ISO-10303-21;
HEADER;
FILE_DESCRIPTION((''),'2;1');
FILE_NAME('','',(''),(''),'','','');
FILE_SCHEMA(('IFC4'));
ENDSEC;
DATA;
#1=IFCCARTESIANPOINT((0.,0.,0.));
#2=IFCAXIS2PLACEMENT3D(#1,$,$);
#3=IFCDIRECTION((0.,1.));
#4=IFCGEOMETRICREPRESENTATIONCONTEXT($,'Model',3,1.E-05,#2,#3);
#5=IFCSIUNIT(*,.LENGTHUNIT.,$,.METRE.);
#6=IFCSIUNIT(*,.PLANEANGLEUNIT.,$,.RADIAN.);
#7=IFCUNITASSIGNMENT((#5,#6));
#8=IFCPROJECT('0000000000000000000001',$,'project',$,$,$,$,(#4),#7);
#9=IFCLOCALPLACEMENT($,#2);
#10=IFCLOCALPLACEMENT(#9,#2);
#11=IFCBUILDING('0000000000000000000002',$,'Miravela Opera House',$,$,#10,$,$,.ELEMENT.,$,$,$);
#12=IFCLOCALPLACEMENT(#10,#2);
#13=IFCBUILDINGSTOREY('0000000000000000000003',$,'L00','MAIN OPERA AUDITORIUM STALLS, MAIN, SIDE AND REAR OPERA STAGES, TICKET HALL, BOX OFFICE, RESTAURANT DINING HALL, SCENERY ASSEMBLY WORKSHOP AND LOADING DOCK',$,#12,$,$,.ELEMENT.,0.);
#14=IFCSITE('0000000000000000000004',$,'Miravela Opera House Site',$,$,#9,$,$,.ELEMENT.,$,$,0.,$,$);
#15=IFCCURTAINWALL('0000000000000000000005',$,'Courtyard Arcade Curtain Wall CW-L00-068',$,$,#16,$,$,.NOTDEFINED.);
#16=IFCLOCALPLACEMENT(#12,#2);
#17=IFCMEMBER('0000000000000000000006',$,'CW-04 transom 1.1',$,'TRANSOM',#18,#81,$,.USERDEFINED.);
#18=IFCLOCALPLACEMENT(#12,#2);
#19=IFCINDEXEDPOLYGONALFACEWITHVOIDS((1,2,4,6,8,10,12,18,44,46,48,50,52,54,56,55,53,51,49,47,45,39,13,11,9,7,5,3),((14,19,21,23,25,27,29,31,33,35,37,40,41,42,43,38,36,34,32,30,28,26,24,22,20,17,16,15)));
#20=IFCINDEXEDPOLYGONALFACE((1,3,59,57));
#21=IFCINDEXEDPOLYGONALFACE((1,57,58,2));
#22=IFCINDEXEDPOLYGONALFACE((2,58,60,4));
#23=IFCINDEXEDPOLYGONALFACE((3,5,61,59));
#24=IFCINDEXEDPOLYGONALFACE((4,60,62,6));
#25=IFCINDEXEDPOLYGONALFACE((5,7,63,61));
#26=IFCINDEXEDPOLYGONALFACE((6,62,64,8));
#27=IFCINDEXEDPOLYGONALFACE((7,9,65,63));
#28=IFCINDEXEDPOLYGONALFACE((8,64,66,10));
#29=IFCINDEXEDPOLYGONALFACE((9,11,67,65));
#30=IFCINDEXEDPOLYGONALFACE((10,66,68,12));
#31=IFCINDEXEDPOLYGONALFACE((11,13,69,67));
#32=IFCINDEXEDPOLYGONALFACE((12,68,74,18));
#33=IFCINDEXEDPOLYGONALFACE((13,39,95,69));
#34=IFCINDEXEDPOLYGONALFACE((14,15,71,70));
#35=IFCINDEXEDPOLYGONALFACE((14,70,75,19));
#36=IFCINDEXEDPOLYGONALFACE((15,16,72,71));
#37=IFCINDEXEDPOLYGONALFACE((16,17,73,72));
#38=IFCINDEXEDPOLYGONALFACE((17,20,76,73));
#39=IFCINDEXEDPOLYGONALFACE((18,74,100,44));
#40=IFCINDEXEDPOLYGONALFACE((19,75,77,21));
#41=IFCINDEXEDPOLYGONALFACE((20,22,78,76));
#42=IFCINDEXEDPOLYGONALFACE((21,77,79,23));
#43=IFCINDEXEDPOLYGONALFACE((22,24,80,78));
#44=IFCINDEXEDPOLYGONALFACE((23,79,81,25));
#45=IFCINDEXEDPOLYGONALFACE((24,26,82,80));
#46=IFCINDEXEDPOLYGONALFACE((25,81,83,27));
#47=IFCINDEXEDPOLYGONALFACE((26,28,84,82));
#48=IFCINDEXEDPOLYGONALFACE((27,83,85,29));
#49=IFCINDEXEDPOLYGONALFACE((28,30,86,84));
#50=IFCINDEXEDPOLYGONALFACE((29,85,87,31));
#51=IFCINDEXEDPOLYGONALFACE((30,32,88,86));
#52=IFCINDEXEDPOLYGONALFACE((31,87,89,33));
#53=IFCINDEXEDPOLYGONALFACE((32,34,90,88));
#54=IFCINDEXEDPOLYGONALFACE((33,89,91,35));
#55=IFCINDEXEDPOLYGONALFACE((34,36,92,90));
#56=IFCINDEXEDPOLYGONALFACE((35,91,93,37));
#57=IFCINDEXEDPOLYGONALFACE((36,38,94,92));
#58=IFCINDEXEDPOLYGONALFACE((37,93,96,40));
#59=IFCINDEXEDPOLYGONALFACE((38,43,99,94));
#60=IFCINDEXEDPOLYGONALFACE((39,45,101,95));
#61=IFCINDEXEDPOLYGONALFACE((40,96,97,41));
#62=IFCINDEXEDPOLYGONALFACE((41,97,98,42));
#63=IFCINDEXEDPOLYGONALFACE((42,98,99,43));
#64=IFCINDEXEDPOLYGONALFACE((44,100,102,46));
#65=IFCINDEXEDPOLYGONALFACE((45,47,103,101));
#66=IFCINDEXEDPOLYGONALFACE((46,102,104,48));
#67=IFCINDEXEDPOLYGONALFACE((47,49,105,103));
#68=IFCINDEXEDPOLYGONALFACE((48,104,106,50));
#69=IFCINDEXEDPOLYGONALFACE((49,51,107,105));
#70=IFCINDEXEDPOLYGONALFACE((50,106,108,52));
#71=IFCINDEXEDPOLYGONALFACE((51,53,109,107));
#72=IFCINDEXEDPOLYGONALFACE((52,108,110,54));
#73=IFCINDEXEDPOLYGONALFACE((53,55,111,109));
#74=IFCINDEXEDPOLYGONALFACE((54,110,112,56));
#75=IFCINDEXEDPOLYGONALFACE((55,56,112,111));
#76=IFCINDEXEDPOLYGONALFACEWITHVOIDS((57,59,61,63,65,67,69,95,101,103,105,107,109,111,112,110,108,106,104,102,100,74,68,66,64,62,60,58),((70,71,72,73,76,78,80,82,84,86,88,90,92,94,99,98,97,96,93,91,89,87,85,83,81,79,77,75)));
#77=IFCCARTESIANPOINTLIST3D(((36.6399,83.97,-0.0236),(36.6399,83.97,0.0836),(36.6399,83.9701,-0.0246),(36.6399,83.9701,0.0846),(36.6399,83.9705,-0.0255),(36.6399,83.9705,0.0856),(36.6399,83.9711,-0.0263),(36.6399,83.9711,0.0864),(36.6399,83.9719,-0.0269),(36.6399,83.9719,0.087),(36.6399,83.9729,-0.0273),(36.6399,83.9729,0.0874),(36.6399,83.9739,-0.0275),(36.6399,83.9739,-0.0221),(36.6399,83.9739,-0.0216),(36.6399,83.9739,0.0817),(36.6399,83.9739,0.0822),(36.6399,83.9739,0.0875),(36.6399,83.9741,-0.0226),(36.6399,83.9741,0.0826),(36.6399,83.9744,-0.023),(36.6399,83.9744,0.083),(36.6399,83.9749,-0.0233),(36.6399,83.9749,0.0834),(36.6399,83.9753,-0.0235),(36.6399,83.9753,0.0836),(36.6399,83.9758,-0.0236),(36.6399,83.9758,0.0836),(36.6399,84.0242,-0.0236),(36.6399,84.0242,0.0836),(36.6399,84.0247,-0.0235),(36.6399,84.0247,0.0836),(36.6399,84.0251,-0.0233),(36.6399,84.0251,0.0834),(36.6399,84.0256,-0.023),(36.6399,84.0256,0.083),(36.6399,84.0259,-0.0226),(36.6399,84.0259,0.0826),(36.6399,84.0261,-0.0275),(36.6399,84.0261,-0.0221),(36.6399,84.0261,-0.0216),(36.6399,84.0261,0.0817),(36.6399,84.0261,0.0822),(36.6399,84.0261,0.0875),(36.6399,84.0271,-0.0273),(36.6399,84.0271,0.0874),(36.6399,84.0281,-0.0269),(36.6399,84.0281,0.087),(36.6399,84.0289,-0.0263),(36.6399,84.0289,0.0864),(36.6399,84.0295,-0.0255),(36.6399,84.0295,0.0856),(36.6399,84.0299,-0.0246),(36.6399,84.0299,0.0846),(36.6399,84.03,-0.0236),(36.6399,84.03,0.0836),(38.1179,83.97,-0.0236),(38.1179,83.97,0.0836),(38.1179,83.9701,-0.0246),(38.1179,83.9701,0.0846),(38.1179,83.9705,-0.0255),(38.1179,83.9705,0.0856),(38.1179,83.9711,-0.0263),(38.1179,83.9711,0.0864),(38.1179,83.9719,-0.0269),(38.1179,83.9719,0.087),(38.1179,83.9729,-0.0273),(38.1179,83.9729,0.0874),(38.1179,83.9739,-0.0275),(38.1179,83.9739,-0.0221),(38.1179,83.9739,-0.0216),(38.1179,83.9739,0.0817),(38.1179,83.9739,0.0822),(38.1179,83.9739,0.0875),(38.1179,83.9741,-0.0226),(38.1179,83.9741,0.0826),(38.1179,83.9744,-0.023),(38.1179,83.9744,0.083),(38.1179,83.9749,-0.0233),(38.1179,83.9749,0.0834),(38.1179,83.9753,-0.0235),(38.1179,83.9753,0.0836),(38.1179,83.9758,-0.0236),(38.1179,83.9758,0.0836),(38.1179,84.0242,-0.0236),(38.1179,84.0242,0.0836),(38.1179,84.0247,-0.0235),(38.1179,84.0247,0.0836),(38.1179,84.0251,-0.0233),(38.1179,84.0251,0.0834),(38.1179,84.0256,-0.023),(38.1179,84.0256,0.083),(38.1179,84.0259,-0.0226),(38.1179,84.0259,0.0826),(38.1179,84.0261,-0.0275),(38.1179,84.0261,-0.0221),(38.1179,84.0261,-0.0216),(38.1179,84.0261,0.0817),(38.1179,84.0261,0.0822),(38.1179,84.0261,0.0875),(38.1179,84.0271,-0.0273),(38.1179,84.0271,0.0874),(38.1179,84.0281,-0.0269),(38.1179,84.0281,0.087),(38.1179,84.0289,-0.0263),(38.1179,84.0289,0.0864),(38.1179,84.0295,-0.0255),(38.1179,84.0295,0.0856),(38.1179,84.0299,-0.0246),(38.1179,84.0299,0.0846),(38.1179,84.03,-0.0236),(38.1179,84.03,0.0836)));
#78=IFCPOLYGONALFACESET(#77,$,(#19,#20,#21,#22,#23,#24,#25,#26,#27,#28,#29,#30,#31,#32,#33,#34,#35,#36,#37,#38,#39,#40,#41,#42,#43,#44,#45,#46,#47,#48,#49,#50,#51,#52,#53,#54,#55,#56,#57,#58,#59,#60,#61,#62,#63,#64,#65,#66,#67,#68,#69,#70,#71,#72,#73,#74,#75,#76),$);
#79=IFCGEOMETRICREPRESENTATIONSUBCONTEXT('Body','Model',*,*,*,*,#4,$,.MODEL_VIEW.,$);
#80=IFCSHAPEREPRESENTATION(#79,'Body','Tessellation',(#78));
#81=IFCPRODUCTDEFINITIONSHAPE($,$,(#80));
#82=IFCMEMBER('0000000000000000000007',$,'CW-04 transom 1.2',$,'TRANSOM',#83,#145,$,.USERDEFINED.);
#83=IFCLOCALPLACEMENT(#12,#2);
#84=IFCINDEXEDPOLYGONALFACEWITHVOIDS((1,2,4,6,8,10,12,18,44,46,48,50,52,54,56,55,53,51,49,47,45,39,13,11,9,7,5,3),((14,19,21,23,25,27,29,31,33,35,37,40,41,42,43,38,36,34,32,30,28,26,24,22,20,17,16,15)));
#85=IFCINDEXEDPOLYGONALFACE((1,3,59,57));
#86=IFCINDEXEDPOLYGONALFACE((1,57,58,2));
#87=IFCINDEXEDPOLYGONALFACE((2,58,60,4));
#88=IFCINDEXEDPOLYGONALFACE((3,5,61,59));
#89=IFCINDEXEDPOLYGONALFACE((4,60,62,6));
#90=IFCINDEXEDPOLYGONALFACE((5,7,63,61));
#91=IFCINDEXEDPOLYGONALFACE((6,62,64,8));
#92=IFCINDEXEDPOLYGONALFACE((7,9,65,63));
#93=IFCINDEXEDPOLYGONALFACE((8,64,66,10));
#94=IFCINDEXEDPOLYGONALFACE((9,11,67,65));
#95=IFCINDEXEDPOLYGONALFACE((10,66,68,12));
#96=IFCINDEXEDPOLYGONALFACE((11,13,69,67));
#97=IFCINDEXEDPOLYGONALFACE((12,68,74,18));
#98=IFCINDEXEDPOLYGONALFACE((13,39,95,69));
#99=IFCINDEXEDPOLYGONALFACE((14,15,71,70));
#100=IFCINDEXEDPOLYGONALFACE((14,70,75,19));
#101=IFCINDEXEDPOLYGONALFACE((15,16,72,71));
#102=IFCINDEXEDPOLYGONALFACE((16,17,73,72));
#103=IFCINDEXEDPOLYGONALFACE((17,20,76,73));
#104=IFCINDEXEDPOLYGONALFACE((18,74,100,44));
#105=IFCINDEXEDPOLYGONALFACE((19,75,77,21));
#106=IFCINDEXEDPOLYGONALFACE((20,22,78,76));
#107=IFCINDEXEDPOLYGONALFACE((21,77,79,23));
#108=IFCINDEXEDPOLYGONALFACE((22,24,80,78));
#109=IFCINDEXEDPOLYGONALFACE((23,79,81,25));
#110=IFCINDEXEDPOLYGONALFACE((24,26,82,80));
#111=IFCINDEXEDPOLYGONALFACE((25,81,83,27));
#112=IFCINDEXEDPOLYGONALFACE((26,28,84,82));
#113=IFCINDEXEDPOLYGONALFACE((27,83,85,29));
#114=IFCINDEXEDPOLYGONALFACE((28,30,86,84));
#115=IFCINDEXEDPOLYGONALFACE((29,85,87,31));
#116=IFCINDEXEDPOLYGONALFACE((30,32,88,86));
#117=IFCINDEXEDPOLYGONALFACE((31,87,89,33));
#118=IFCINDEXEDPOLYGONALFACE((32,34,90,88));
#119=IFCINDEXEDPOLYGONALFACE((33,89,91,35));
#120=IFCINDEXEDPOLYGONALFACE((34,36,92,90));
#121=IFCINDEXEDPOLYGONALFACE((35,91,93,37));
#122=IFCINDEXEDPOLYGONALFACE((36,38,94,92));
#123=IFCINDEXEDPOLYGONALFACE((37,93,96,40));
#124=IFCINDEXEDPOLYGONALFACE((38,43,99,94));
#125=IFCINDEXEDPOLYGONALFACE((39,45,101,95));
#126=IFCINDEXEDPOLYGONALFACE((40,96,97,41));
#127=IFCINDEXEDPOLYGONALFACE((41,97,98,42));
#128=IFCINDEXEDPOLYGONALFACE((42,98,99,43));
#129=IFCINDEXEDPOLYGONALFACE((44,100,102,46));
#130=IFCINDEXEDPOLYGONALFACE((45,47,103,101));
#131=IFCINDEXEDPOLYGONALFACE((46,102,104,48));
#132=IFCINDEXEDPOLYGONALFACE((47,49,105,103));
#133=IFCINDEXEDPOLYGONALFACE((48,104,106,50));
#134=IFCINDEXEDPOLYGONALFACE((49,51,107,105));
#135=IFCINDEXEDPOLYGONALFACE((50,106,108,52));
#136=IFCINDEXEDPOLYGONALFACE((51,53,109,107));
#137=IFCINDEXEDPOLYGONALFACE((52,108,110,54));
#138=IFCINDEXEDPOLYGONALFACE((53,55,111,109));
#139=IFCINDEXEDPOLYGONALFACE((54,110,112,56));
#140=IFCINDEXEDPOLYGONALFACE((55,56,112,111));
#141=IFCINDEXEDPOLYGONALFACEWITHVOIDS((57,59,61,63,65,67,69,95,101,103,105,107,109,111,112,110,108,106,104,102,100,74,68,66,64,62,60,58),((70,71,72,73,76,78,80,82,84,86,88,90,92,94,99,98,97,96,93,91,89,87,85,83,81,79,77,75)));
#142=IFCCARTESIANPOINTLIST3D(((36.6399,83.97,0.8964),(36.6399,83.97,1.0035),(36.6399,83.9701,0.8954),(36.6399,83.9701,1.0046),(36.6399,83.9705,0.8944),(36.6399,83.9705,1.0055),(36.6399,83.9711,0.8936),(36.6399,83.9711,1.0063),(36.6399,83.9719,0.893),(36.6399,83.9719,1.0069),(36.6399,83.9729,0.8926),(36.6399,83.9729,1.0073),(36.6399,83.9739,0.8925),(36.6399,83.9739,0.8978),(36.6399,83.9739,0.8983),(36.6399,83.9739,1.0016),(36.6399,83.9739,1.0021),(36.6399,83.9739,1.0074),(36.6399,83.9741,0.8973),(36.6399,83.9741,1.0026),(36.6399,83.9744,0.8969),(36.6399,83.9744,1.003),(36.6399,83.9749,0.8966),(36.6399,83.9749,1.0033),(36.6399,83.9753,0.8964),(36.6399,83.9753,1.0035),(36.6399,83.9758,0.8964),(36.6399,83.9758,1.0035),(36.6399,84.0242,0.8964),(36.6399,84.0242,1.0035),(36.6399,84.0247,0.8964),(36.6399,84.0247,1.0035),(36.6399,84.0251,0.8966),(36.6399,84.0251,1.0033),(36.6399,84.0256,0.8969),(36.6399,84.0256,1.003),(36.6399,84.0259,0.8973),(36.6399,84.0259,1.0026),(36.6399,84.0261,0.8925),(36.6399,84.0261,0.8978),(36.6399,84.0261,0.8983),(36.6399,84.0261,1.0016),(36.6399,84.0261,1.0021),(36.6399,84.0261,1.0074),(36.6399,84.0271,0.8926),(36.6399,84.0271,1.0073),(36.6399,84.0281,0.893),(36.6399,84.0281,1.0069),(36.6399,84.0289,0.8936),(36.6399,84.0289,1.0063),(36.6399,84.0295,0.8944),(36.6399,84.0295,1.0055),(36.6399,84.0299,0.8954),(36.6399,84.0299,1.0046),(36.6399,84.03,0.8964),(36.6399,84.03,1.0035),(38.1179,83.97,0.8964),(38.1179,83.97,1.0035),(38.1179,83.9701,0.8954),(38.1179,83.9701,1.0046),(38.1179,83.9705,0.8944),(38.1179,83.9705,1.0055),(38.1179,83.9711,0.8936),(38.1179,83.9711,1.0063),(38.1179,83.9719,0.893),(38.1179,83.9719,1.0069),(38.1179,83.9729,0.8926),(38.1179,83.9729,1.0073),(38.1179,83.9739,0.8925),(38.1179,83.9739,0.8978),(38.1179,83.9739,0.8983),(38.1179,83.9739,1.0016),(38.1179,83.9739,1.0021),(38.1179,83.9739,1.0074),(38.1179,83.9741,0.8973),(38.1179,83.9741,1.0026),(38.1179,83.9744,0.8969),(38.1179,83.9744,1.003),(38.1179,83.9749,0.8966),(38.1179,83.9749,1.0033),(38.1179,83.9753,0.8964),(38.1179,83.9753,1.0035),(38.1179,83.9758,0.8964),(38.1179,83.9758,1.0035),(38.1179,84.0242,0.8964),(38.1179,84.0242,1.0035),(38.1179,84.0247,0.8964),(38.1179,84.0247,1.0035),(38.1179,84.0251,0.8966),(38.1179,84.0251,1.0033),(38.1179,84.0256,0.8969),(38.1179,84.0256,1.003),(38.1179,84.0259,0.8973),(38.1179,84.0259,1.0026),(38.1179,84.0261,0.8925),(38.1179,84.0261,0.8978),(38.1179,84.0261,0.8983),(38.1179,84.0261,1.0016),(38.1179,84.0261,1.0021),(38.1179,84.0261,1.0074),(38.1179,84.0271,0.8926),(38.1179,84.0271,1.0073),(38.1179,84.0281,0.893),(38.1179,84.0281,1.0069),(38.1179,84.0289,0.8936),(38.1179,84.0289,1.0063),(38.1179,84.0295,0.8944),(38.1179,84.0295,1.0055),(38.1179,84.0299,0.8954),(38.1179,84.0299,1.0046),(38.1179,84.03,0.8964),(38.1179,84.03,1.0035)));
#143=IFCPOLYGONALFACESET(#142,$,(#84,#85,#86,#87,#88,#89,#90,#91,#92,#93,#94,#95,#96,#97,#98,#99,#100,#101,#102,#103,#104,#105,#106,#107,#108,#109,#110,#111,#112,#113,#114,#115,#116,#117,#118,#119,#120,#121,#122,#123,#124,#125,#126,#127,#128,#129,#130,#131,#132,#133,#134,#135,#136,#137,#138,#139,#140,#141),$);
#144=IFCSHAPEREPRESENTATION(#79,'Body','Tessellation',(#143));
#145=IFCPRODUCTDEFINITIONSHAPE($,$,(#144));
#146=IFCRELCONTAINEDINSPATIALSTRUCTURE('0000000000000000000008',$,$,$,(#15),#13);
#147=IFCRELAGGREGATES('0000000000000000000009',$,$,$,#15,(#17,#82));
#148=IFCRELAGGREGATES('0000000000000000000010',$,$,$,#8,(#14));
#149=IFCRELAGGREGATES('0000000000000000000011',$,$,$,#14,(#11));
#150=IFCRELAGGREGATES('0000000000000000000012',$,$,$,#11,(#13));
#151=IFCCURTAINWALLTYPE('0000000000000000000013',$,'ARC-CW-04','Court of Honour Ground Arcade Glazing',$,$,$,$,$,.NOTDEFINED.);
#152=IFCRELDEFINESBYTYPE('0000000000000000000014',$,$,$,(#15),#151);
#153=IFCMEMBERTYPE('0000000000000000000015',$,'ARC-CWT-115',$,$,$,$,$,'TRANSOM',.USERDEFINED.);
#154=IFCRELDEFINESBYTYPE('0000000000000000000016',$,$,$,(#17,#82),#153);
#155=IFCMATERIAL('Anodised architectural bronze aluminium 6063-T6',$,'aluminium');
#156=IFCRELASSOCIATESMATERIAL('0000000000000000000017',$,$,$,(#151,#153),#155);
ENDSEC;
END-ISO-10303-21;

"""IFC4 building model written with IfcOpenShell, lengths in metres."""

from ifc_helpers import new_model, si_unit, direction, frame, origin, origin_2d, place, context, subcontext, project, spatial, hollow_rectangle, extrude, material, material_profile, profile_set, type_object, element, aggregate, save


model = new_model("IFC4")

# Units and contexts
model_context = context("Model", 3, precision=1e-05, world=origin(), true_north=direction((0.0, 1.0)))
body_context = subcontext(model_context, "Body", "Model", "MODEL_VIEW")
ifc_project = project(units=[si_unit("LENGTHUNIT", "METRE"), si_unit("PLANEANGLEUNIT", "RADIAN")], contexts=[model_context])

# Site, building, storey
site_placement = place(None, origin())
site = spatial("IfcSite", under=ifc_project, at=site_placement, Name="Miravela Opera House Site", CompositionType="ELEMENT", RefElevation=0.0)
building_placement = place(site_placement, origin())
building = spatial("IfcBuilding", under=site, at=building_placement, Name="Miravela Opera House", CompositionType="ELEMENT")
storey_placement = place(building_placement, origin())
storey = spatial("IfcBuildingStorey", under=building, at=storey_placement, Name="L00", Description="MAIN OPERA AUDITORIUM STALLS, MAIN, SIDE AND REAR OPERA STAGES, TICKET HALL, BOX OFFICE, RESTAURANT DINING HALL, SCENERY ASSEMBLY WORKSHOP AND LOADING DOCK", CompositionType="ELEMENT", Elevation=0.0)

# Curtain wall, members
ifc_material_1 = material(Name="Anodised architectural bronze aluminium 6063-T6", Category="aluminium")
curtain_wall_type = type_object("IfcCurtainWallType", Name="ARC-CW-04", Description="Court of Honour Ground Arcade Glazing", PredefinedType="NOTDEFINED", material=ifc_material_1)
curtain_wall_placement = place(storey_placement, origin())
curtain_wall = element("IfcCurtainWall", 1, at=curtain_wall_placement, inside=storey, type_object=curtain_wall_type, Name="Courtyard Arcade Curtain Wall CW-L00-068", PredefinedType="NOTDEFINED")
ifc_material_profile_1 = material_profile(ifc_material_1, hollow_rectangle(XDim=0.0601, YDim=0.115, WallThickness=0.0039, InnerFilletRadius=0.002, OuterFilletRadius=0.0039, at=origin_2d()), Name="CWT-60X115")
ifc_profile_set_1 = profile_set([ifc_material_profile_1])
member_type_1 = type_object("IfcMemberType", Name="ARC-CWT-115", ElementType="TRANSOM", PredefinedType="USERDEFINED", material=ifc_profile_set_1)
member_1_placement = place(storey_placement, frame((36.6399, 84.0, 0.03), z_axis=(1.0, 0.0, 0.0), x_axis=(0.0, 1.0, 0.0)))
member_1 = element("IfcMember", 2, at=member_1_placement, type_object=member_type_1, Name="CW-04 transom 1.1", ObjectType="TRANSOM", PredefinedType="USERDEFINED", context=body_context, shape_type="SweptSolid", body=[
    extrude(hollow_rectangle(XDim=0.0601, YDim=0.115, WallThickness=0.0039, InnerFilletRadius=0.002, OuterFilletRadius=0.0039, at=origin_2d()), origin(), (0.0, 0.0, 1.0), 1.478),
])
member_2_placement = place(storey_placement, frame((36.6399, 84.0, 0.95), z_axis=(1.0, 0.0, 0.0), x_axis=(0.0, 1.0, 0.0)))
member_2 = element("IfcMember", 3, at=member_2_placement, type_object=member_type_1, Name="CW-04 transom 1.2", ObjectType="TRANSOM", PredefinedType="USERDEFINED", context=body_context, shape_type="SweptSolid", body=[
    extrude(hollow_rectangle(XDim=0.0601, YDim=0.115, WallThickness=0.0039, InnerFilletRadius=0.002, OuterFilletRadius=0.0039, at=origin_2d()), origin(), (0.0, 0.0, 1.0), 1.478),
])

aggregate(curtain_wall, [member_1, member_2])

save(model, "model.ifc")
